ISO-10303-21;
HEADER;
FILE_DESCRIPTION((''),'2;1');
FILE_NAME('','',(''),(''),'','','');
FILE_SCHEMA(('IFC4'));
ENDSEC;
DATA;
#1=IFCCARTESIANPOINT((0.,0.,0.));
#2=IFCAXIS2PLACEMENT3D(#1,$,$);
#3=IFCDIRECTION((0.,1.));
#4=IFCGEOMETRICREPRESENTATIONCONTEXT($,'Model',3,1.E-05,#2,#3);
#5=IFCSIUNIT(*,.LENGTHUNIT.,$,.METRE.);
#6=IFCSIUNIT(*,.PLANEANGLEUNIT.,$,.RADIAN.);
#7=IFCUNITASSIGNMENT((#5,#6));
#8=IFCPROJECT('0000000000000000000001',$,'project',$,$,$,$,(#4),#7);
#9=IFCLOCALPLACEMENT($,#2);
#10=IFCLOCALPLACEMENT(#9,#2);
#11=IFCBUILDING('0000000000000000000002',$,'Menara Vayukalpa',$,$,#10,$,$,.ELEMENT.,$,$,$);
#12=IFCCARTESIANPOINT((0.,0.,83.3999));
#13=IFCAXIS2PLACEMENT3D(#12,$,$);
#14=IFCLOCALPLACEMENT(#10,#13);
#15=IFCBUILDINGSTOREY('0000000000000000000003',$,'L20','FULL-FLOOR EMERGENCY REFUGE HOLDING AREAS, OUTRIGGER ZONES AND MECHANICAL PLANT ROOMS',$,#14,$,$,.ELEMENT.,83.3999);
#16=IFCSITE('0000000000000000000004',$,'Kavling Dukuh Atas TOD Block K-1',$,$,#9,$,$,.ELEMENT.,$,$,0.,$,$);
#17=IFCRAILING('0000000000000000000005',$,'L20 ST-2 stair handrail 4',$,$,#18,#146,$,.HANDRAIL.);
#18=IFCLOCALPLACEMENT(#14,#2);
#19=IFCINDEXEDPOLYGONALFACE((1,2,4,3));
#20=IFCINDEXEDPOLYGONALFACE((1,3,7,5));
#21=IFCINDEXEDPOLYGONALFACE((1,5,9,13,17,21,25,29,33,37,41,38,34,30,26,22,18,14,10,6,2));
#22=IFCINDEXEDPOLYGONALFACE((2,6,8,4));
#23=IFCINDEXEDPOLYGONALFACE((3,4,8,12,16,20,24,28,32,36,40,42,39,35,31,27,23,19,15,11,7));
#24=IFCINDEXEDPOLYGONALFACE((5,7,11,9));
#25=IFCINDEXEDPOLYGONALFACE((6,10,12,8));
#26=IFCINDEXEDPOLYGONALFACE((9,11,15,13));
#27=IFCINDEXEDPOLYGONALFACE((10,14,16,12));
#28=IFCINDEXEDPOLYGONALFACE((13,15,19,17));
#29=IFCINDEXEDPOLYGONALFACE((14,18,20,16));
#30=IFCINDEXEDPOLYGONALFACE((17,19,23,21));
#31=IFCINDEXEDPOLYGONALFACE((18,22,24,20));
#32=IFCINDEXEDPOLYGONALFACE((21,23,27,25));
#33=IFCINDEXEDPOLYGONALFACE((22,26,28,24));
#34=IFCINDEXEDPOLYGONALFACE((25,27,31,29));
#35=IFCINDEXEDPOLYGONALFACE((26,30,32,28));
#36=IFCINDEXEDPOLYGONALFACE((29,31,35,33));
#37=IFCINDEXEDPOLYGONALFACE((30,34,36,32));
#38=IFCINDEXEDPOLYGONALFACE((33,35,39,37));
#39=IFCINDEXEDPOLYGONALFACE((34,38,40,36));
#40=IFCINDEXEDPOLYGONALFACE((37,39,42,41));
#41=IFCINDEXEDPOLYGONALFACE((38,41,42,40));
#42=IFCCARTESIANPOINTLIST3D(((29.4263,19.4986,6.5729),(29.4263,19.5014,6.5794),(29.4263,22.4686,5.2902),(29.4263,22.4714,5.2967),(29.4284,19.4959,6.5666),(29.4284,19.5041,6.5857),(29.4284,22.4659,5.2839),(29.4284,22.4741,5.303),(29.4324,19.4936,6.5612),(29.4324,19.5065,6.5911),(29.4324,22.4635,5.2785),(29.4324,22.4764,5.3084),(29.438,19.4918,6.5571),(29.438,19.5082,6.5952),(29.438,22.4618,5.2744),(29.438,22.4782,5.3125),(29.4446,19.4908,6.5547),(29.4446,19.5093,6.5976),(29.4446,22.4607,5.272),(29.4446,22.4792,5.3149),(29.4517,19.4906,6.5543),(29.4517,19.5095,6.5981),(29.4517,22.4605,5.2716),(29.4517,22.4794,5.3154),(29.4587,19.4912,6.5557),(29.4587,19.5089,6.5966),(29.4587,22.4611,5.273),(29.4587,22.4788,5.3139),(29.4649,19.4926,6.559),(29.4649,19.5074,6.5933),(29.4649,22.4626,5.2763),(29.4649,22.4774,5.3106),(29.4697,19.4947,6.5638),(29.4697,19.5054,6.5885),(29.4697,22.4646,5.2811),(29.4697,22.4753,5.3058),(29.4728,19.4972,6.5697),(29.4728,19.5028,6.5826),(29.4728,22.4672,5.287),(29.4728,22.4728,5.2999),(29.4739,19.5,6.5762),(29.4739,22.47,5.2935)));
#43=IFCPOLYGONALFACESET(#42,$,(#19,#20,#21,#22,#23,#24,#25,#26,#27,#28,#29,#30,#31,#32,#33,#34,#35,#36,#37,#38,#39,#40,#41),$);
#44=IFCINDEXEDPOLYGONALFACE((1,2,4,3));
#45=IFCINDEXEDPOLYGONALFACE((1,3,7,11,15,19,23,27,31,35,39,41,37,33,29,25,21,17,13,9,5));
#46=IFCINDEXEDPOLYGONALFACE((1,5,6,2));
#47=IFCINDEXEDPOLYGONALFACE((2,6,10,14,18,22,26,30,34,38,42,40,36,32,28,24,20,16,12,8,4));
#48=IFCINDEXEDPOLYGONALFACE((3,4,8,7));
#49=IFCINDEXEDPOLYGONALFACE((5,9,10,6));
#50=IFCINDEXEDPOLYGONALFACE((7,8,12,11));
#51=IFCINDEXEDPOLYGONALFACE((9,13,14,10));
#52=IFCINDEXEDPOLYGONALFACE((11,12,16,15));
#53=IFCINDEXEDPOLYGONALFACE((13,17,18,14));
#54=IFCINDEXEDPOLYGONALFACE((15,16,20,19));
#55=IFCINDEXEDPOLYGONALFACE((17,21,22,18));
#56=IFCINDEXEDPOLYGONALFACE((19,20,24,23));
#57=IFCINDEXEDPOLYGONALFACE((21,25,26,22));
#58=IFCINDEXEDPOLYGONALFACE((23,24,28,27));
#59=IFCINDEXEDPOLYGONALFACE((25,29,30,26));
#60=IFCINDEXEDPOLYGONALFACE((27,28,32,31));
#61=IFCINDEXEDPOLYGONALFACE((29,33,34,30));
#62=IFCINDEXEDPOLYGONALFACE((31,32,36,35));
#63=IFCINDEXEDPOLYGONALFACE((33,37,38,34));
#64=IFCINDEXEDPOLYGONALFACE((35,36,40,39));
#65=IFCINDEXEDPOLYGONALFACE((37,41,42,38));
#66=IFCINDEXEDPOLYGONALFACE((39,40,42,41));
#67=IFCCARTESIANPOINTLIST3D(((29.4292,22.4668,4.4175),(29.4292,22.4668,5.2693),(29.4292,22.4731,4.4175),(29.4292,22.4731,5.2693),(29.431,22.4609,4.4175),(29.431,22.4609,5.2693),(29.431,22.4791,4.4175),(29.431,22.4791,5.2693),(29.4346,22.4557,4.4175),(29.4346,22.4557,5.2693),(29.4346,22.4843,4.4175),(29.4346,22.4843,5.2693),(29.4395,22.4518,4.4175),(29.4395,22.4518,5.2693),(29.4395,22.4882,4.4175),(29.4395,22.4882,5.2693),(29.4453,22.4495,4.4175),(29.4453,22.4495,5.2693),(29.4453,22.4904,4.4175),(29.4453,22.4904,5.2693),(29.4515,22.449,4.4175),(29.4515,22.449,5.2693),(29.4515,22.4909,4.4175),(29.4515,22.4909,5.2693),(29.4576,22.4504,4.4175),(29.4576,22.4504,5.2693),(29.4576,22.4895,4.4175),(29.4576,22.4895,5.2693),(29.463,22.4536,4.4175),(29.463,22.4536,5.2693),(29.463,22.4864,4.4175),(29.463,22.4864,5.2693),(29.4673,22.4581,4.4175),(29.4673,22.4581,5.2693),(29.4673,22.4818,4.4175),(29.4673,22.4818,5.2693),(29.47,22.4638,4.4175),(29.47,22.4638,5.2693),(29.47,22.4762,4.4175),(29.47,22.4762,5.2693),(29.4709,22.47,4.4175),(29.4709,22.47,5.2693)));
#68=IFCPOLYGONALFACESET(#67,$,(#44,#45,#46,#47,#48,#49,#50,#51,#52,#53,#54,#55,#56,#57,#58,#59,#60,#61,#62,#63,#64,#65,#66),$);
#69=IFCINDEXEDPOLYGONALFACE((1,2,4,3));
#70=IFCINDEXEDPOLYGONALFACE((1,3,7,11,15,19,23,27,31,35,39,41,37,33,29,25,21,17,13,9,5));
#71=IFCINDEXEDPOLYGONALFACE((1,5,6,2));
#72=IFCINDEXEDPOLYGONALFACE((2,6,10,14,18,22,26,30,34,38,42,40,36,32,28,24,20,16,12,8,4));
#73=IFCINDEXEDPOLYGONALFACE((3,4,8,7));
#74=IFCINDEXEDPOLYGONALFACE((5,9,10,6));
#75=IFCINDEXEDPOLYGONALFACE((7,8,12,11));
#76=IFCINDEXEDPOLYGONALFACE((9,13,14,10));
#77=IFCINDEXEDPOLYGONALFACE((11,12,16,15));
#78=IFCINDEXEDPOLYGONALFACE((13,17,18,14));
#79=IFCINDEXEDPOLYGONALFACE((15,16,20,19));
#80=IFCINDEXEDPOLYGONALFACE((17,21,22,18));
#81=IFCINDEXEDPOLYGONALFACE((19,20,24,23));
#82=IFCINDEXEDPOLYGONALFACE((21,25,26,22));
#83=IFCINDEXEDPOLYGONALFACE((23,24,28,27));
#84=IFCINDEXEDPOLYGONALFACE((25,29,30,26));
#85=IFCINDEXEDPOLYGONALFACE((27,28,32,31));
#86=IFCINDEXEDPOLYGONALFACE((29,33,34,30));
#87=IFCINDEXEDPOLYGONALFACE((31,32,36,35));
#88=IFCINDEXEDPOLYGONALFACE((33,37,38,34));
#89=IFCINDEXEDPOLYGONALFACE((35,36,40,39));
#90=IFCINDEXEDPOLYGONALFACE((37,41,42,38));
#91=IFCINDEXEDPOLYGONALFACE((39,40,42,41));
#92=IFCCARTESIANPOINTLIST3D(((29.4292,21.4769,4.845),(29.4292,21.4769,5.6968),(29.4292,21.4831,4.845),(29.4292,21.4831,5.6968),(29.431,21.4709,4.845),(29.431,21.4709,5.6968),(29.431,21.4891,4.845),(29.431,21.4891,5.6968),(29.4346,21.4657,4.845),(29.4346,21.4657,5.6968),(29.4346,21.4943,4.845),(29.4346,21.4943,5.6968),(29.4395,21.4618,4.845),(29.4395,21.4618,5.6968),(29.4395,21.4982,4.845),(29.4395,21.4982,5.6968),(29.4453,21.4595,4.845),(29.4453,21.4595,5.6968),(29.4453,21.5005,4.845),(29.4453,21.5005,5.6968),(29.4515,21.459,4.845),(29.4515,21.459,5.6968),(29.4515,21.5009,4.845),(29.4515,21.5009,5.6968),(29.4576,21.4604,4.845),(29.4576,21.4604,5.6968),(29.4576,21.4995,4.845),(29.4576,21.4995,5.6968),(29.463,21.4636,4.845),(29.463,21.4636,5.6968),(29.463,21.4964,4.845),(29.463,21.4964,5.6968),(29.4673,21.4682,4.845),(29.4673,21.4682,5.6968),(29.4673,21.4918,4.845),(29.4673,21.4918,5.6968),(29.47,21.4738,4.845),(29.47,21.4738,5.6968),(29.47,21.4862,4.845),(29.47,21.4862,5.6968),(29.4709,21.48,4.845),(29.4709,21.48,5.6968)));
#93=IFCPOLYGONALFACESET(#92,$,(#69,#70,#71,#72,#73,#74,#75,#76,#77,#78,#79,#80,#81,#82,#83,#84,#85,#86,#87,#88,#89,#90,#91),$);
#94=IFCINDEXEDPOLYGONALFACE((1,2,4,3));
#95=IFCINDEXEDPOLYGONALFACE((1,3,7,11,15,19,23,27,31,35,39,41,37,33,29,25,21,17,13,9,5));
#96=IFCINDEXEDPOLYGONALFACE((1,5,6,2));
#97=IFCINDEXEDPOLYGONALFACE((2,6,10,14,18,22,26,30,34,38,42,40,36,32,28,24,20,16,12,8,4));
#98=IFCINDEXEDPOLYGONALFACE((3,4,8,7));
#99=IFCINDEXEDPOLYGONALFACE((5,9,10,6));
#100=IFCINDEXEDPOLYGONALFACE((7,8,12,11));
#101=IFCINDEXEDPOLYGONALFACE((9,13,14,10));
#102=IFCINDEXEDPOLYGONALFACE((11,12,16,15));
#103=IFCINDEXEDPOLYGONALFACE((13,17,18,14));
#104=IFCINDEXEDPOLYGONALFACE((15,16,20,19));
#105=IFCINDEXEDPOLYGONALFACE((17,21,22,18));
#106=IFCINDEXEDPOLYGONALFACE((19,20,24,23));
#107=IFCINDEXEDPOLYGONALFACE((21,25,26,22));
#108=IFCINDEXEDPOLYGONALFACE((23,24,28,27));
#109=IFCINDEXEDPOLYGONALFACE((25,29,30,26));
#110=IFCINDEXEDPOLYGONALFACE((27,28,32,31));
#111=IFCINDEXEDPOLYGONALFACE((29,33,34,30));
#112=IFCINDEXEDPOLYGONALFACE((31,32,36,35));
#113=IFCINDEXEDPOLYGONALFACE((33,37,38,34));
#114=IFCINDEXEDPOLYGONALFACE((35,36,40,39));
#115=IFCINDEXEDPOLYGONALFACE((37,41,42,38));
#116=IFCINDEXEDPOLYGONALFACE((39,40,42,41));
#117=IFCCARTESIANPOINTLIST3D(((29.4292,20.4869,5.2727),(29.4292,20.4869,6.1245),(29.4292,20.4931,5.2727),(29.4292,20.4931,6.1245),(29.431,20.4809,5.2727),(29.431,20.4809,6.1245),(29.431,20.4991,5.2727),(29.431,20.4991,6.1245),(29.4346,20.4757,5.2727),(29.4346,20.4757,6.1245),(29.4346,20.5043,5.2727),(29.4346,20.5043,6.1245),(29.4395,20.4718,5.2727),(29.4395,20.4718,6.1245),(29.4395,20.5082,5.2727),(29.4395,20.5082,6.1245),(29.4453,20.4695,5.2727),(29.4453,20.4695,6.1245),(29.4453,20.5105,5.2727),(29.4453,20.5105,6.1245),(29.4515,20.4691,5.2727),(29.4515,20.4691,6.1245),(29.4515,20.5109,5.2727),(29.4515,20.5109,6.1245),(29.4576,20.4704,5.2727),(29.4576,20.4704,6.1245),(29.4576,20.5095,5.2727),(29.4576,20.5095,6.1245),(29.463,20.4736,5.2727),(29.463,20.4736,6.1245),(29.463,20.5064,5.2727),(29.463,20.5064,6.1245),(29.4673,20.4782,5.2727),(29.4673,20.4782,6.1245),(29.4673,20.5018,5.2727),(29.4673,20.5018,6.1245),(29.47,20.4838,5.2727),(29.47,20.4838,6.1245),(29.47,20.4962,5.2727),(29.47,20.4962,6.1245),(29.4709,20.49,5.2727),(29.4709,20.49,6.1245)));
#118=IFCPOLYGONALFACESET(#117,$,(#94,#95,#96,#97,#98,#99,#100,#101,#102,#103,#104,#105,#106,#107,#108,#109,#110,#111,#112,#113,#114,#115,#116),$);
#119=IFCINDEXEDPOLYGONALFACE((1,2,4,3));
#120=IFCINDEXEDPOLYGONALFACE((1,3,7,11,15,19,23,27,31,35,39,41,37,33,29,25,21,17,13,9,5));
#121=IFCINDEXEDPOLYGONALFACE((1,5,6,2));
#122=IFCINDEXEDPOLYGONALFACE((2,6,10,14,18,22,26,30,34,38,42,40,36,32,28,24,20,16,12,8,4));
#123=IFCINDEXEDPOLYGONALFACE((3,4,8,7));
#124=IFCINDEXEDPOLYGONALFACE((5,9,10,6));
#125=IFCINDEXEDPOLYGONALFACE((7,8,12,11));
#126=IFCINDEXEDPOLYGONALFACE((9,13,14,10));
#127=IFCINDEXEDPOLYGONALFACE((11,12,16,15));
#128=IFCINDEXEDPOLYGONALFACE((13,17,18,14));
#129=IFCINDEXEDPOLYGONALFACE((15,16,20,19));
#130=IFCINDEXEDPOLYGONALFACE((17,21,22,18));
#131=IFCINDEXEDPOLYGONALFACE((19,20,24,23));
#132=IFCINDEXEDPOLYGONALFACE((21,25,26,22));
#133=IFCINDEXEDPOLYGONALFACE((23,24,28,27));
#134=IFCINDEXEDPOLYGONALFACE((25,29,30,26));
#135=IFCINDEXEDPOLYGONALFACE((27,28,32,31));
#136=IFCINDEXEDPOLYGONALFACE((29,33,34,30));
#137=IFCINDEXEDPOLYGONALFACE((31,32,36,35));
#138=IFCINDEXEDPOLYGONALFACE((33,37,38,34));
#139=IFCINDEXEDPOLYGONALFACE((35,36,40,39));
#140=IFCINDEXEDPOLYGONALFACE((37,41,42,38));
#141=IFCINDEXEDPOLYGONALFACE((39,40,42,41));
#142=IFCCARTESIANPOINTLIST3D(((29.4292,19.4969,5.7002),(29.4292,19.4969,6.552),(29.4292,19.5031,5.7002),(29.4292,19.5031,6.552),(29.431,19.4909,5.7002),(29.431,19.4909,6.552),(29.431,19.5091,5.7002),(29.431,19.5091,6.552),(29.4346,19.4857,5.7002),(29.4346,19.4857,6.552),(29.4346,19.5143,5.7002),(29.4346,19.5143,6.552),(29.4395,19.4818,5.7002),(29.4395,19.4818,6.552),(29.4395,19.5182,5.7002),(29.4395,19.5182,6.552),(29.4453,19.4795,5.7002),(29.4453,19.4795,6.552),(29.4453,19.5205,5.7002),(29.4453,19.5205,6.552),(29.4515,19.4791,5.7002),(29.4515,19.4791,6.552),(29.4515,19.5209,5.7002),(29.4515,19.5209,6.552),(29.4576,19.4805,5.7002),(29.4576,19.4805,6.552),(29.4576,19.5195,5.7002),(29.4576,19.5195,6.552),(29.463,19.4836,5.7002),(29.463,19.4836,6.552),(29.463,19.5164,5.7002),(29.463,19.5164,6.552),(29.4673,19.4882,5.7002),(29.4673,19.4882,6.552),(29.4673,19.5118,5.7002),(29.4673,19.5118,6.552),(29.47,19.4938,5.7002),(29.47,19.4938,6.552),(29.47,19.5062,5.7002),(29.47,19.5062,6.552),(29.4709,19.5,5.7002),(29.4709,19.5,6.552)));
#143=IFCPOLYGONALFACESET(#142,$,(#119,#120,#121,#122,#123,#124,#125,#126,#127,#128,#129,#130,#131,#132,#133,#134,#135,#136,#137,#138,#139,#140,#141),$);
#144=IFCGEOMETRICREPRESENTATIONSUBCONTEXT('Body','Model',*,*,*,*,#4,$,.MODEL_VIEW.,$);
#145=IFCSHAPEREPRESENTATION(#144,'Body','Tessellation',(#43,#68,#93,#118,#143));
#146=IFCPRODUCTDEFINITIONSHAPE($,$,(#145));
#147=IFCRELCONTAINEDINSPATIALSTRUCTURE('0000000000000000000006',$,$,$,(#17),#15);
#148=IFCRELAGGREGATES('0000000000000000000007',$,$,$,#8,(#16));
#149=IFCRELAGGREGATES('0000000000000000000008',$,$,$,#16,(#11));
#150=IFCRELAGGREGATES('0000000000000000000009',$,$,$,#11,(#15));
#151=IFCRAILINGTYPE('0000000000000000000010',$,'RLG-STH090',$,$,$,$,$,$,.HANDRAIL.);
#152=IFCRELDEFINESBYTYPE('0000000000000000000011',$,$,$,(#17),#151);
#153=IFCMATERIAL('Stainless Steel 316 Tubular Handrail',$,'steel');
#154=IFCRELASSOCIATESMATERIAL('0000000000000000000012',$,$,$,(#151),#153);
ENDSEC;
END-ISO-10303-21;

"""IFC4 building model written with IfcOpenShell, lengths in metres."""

from ifc_helpers import new_model, si_unit, direction, frame, origin, origin_2d, place, context, subcontext, project, spatial, circle, extrude, material, type_object, element, save


model = new_model("IFC4")

# Units and contexts
model_context = context("Model", 3, precision=1e-05, world=origin(), true_north=direction((0.0, 1.0)))
body_context = subcontext(model_context, "Body", "Model", "MODEL_VIEW")
ifc_project = project(units=[si_unit("LENGTHUNIT", "METRE"), si_unit("PLANEANGLEUNIT", "RADIAN")], contexts=[model_context])

# Site, building, storey
site_placement = place(None, origin())
site = spatial("IfcSite", under=ifc_project, at=site_placement, Name="Kavling Dukuh Atas TOD Block K-1", CompositionType="ELEMENT", RefElevation=0.0)
building_placement = place(site_placement, origin())
building = spatial("IfcBuilding", under=site, at=building_placement, Name="Menara Vayukalpa", CompositionType="ELEMENT")
storey_placement = place(building_placement, frame((0.0, 0.0, 83.3999)))
storey = spatial("IfcBuildingStorey", under=building, at=storey_placement, Name="L20", Description="FULL-FLOOR EMERGENCY REFUGE HOLDING AREAS, OUTRIGGER ZONES AND MECHANICAL PLANT ROOMS", CompositionType="ELEMENT", Elevation=83.3999)

# Railing
ifc_material_1 = material(Name="Stainless Steel 316 Tubular Handrail", Category="steel")
railing_type_1 = type_object("IfcRailingType", Name="RLG-STH090", PredefinedType="HANDRAIL", material=ifc_material_1)
railing_1_placement = place(storey_placement, frame((29.45, 22.47, 4.4175)))
element("IfcRailing", 1, at=railing_1_placement, inside=storey, type_object=railing_type_1, Name="L20 ST-2 stair handrail 4", PredefinedType="HANDRAIL", context=body_context, shape_type="SweptSolid", body=[
    extrude(circle(Radius=0.0239, at=origin_2d()), frame((0.0, 0.0, 0.876), z_axis=(0.0, -0.918037, 0.396495), x_axis=(1.0, 0.0, 0.0)), (0.0, 0.0, 1.0), 3.2351),
    extrude(circle(Radius=0.021, at=origin_2d()), origin(), (0.0, 0.0, 1.0), 0.8518),
    extrude(circle(Radius=0.021, at=origin_2d()), frame((0.0, -0.99, 0.4275)), (0.0, 0.0, 1.0), 0.8518),
    extrude(circle(Radius=0.021, at=origin_2d()), frame((0.0, -1.98, 0.8552)), (0.0, 0.0, 1.0), 0.8518),
    extrude(circle(Radius=0.021, at=origin_2d()), frame((0.0, -2.97, 1.2827)), (0.0, 0.0, 1.0), 0.8518),
])

save(model, "model.ifc")
